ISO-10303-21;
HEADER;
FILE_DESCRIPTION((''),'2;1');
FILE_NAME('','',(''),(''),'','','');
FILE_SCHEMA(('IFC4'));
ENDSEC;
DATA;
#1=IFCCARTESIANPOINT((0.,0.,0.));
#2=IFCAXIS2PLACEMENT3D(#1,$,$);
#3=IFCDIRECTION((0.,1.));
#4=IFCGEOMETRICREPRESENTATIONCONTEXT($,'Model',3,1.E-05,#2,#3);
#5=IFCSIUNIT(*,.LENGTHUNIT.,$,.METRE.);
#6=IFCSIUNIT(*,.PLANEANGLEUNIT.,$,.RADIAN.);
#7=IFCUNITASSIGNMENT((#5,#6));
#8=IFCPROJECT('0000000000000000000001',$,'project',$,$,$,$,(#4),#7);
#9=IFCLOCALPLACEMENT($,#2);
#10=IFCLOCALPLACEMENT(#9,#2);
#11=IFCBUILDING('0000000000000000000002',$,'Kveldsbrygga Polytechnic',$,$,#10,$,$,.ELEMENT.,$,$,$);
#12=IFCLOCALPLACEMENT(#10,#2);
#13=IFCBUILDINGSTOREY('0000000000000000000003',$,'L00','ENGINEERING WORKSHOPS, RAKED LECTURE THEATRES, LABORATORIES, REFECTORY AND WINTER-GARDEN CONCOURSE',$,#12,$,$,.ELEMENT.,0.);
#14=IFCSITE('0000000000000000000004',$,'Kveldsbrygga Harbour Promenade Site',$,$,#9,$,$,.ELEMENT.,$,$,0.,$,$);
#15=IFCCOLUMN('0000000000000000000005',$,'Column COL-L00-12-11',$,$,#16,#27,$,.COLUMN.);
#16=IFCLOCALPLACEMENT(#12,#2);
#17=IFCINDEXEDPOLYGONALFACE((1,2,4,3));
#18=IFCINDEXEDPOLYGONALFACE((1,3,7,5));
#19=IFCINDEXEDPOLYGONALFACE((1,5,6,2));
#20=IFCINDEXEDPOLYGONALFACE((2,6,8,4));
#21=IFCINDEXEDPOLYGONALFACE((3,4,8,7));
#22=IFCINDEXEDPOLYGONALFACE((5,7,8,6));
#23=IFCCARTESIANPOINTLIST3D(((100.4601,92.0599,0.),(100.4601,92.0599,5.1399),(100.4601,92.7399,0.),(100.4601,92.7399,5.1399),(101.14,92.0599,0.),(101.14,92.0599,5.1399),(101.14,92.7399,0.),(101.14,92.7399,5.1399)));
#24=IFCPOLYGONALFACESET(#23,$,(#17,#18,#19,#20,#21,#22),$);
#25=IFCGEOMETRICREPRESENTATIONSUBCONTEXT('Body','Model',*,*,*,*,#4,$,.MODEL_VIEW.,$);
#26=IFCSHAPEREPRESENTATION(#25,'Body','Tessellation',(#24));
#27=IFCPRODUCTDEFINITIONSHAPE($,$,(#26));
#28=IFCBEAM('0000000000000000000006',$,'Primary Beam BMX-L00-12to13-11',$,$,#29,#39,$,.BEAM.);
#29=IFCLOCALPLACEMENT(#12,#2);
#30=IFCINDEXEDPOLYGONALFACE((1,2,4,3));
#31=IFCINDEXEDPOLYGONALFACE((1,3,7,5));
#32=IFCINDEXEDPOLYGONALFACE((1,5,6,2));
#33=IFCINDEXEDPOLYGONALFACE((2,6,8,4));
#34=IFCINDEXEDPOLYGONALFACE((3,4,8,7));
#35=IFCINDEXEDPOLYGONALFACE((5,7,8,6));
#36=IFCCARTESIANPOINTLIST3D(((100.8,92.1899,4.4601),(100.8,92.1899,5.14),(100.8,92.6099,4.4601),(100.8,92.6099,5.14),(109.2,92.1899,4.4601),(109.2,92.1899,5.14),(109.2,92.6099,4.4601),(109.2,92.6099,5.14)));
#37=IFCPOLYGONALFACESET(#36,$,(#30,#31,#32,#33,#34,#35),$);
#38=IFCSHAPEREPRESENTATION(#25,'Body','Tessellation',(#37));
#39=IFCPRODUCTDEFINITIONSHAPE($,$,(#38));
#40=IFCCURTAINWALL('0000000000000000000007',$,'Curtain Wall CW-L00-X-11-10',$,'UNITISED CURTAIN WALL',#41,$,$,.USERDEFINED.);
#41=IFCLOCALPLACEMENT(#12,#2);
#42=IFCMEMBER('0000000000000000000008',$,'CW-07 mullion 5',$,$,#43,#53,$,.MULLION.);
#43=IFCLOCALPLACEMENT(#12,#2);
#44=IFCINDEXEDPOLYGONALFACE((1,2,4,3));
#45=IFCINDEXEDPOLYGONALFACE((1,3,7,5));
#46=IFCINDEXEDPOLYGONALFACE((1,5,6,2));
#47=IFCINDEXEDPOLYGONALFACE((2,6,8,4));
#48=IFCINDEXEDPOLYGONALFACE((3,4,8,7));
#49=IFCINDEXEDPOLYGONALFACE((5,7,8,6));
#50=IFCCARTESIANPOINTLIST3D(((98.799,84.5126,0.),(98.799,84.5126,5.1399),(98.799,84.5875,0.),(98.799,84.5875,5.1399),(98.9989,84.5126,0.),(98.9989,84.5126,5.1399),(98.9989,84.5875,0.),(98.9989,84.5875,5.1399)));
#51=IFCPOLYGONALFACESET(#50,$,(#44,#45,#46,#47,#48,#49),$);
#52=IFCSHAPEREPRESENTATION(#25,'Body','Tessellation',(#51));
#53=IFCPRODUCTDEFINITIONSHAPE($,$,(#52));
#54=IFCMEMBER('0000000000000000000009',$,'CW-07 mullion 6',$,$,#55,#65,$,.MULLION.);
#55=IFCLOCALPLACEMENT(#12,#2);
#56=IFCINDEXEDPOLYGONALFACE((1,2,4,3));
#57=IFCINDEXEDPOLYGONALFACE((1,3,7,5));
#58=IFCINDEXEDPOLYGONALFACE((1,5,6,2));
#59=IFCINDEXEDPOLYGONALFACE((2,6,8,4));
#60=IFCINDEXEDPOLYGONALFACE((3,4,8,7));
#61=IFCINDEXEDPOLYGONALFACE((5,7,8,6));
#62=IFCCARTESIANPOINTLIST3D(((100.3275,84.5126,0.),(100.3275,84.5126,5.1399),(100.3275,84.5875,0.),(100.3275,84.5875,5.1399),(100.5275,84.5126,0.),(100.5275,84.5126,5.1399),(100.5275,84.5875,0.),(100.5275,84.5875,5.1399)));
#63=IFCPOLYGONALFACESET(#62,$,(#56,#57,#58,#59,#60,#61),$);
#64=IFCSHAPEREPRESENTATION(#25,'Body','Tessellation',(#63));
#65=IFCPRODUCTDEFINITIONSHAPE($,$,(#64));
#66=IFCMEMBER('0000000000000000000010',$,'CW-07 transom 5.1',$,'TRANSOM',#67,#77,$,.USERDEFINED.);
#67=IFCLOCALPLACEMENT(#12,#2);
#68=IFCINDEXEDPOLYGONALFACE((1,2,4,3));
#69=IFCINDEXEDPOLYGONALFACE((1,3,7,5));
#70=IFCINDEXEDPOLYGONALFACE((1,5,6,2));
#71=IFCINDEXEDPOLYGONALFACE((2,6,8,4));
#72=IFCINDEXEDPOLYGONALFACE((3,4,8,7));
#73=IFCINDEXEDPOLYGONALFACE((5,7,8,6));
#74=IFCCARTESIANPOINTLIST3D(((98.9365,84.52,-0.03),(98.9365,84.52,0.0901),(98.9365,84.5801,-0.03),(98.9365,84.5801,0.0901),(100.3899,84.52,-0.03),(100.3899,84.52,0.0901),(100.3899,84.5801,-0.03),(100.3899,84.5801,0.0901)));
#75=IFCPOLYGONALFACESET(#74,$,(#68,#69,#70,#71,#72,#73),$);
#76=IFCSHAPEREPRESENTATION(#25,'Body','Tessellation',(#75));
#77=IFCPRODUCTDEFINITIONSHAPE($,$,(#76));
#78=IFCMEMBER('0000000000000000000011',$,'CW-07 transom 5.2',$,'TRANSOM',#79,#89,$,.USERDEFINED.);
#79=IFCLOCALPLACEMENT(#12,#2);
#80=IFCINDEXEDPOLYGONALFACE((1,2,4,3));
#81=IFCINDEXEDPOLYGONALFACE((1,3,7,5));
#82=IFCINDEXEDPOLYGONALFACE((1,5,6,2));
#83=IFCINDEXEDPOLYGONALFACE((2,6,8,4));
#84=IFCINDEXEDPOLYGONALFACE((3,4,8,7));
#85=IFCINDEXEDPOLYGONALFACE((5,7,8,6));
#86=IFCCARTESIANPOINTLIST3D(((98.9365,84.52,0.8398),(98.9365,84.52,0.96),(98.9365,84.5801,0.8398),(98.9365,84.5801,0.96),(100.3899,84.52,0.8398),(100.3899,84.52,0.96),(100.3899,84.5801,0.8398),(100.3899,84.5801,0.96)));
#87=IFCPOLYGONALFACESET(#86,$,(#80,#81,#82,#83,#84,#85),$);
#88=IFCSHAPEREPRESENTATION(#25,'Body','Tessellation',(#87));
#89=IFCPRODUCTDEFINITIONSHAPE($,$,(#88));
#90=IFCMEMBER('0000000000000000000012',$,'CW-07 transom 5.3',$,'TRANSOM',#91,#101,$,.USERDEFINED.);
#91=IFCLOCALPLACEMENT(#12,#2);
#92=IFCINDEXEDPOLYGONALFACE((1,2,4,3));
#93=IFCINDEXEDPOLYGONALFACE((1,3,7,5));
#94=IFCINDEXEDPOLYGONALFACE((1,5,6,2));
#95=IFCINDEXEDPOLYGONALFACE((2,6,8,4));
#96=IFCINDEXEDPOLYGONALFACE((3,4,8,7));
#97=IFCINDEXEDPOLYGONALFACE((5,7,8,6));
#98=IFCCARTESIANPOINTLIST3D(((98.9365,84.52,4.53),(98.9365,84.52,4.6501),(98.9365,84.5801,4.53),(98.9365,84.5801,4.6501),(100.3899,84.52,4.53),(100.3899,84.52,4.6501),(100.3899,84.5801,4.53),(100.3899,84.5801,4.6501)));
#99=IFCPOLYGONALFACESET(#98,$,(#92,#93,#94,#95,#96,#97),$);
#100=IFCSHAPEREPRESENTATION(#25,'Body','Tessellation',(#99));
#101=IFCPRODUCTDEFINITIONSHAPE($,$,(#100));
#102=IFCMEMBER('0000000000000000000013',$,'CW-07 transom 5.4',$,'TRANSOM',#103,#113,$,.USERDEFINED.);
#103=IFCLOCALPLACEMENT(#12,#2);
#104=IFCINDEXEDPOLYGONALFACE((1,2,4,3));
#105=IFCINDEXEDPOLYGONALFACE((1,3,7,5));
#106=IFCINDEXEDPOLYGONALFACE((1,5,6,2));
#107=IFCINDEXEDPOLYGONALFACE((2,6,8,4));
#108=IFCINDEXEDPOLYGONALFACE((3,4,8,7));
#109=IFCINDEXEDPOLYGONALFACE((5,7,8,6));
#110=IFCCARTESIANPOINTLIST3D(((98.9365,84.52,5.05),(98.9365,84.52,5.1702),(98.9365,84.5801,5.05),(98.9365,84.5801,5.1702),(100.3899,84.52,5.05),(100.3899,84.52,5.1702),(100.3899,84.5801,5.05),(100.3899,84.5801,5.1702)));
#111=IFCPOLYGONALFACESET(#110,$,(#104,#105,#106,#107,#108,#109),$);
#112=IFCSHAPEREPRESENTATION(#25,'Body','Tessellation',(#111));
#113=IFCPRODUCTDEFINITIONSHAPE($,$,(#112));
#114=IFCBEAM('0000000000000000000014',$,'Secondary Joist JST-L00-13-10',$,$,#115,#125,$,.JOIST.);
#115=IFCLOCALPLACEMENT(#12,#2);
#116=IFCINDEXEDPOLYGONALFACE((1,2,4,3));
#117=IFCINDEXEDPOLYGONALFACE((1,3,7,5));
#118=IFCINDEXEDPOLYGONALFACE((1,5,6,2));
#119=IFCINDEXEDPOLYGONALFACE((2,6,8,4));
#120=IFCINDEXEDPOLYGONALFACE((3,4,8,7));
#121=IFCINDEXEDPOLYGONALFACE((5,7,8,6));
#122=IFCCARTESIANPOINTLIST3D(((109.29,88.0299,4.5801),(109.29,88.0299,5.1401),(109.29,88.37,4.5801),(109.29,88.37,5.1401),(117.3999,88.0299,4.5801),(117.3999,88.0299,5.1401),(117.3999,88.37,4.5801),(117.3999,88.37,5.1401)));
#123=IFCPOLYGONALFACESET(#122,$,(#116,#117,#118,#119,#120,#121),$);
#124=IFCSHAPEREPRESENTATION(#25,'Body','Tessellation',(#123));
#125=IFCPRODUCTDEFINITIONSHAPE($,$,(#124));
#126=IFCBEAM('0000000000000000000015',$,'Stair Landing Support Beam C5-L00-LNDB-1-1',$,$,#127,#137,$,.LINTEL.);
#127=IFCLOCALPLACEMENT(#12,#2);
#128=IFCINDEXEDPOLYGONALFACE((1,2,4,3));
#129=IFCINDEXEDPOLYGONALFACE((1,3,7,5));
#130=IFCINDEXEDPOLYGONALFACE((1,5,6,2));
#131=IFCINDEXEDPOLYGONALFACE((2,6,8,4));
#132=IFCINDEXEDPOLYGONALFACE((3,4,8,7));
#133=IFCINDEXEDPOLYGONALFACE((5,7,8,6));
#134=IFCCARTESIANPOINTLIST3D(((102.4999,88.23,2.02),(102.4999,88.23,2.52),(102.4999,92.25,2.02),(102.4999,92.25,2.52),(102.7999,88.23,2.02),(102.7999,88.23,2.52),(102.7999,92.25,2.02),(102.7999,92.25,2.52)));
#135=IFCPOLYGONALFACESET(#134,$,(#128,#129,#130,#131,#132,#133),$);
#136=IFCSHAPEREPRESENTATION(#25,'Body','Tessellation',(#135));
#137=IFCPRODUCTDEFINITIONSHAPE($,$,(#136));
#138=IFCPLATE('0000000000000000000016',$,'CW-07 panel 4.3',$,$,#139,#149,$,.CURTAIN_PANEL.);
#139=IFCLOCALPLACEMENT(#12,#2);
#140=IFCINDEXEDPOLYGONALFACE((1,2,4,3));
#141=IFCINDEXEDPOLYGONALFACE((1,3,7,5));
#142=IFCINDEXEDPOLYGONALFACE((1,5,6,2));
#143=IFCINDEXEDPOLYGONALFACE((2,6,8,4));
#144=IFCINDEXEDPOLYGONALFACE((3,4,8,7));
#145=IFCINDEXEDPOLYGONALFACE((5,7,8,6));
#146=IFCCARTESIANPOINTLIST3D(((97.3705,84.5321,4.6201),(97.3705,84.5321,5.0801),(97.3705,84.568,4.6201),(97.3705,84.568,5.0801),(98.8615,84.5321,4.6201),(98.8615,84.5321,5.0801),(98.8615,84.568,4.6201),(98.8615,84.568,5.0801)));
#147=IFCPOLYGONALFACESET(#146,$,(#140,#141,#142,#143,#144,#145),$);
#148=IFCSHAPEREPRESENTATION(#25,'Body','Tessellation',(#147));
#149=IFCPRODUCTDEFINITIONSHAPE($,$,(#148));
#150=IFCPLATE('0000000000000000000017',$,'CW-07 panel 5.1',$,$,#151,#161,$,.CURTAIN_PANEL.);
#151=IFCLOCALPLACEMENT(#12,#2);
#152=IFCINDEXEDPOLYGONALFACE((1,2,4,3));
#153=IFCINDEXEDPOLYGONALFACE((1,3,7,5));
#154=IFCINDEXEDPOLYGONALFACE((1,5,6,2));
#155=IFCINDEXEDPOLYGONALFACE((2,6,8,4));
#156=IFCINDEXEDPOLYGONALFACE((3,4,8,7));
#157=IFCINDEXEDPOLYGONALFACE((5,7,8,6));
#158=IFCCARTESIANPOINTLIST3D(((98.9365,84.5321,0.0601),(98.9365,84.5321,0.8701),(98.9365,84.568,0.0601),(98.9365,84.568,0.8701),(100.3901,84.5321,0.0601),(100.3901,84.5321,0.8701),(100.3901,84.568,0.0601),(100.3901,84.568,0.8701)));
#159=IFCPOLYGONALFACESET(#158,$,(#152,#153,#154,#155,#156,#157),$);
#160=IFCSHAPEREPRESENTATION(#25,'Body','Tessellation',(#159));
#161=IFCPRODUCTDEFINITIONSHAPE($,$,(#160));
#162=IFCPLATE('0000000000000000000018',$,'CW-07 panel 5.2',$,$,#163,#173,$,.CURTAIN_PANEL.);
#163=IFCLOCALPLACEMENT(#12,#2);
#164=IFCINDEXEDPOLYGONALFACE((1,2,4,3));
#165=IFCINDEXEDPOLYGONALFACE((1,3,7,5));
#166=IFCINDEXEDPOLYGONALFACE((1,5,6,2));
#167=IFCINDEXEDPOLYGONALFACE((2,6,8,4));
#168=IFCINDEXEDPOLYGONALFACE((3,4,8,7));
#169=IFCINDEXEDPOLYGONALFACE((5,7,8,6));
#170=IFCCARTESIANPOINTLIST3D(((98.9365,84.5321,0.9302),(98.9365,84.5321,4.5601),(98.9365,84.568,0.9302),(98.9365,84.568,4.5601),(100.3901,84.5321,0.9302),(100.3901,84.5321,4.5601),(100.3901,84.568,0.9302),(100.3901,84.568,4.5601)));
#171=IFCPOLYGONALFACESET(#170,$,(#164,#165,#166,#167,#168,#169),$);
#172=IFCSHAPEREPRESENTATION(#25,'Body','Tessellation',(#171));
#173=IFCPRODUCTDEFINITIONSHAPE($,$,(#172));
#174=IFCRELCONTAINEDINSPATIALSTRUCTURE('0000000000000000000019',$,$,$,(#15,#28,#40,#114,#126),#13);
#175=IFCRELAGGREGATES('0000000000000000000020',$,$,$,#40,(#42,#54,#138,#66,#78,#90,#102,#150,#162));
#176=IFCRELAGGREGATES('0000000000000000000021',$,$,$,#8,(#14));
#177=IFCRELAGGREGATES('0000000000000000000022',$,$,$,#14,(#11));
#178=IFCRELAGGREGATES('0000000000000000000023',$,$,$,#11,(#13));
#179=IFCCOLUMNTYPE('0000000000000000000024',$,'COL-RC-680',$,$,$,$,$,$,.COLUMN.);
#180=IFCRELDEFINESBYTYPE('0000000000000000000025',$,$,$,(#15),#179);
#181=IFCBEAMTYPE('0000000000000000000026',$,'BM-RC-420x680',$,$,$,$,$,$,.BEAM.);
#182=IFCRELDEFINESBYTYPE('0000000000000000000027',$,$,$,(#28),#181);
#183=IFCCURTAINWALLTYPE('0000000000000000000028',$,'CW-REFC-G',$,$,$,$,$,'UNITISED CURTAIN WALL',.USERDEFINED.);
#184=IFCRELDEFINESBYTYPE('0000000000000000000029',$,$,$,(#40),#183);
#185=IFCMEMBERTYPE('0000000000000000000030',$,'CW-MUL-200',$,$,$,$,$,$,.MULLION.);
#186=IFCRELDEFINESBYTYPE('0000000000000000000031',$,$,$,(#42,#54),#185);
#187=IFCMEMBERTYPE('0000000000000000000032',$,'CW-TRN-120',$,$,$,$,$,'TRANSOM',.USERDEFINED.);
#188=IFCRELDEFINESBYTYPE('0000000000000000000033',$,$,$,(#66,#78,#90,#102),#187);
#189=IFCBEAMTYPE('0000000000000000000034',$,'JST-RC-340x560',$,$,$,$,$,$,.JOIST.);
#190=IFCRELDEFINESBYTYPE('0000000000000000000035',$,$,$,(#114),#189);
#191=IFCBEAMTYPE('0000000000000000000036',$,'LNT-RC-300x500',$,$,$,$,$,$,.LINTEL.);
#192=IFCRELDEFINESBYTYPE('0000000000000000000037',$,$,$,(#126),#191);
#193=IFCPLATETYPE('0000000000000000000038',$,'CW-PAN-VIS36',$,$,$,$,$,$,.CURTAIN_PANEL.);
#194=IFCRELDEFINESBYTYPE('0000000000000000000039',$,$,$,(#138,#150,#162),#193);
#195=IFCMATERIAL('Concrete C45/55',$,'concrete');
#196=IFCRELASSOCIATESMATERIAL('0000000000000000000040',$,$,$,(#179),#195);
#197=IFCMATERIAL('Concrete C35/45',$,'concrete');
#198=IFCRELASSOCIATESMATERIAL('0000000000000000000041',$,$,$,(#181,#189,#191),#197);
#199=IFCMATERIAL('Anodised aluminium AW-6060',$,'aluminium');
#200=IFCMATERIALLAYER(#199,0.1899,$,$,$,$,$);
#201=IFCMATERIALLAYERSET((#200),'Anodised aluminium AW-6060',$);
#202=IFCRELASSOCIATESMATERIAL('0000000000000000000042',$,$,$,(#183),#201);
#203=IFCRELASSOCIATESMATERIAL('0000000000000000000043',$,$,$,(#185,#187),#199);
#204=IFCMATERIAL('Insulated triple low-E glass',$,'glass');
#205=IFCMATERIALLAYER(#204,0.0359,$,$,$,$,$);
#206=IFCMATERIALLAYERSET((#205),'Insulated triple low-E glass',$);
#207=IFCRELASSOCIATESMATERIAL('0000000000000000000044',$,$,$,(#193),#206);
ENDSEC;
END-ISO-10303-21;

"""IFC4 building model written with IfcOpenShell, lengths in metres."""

from ifc_helpers import new_model, si_unit, direction, frame, origin, origin_2d, place, context, subcontext, project, spatial, rectangle, extrude, material, layer, layer_set, material_profile, profile_set, type_object, element, aggregate, save


model = new_model("IFC4")

# Units and contexts
model_context = context("Model", 3, precision=1e-05, world=origin(), true_north=direction((0.0, 1.0)))
body_context = subcontext(model_context, "Body", "Model", "MODEL_VIEW")
ifc_project = project(units=[si_unit("LENGTHUNIT", "METRE"), si_unit("PLANEANGLEUNIT", "RADIAN")], contexts=[model_context])

# Site, building, storey
site_placement = place(None, origin())
site = spatial("IfcSite", under=ifc_project, at=site_placement, Name="Kveldsbrygga Harbour Promenade Site", CompositionType="ELEMENT", RefElevation=0.0)
building_placement = place(site_placement, origin())
building = spatial("IfcBuilding", under=site, at=building_placement, Name="Kveldsbrygga Polytechnic", CompositionType="ELEMENT")
storey_placement = place(building_placement, origin())
storey = spatial("IfcBuildingStorey", under=building, at=storey_placement, Name="L00", Description="ENGINEERING WORKSHOPS, RAKED LECTURE THEATRES, LABORATORIES, REFECTORY AND WINTER-GARDEN CONCOURSE", CompositionType="ELEMENT", Elevation=0.0)

# Column
ifc_material_1 = material(Name="Concrete C45/55", Category="concrete")
ifc_material_profile_1 = material_profile(ifc_material_1, rectangle(XDim=0.6799, YDim=0.6799, at=origin_2d()), Name="RC 680x680")
ifc_profile_set_1 = profile_set([ifc_material_profile_1], Name="Concrete C45/55")
column_type = type_object("IfcColumnType", Name="COL-RC-680", PredefinedType="COLUMN", material=ifc_profile_set_1)
column_placement = place(storey_placement, frame((100.8, 92.3999, 0.0), z_axis=(0.0, 0.0, 1.0), x_axis=(1.0, 0.0, 0.0)))
element("IfcColumn", 1, at=column_placement, inside=storey, type_object=column_type, Name="Column COL-L00-12-11", PredefinedType="COLUMN", context=body_context, shape_type="SweptSolid", body=[
    extrude(rectangle(XDim=0.6799, YDim=0.6799, at=origin_2d()), origin(), (0.0, 0.0, 1.0), 5.1399),
])

# Beam
ifc_material_2 = material(Name="Concrete C35/45", Category="concrete")
ifc_material_profile_2 = material_profile(ifc_material_2, rectangle(XDim=0.4199, YDim=0.6799, at=origin_2d()), Name="RC 420x680")
ifc_profile_set_2 = profile_set([ifc_material_profile_2], Name="Concrete C35/45")
beam_type_1 = type_object("IfcBeamType", Name="BM-RC-420x680", PredefinedType="BEAM", material=ifc_profile_set_2)
beam_1_placement = place(storey_placement, frame((100.8, 92.3999, 4.8), z_axis=(1.0, 0.0, 0.0), x_axis=(0.0, 1.0, 0.0)))
element("IfcBeam", 2, at=beam_1_placement, inside=storey, type_object=beam_type_1, Name="Primary Beam BMX-L00-12to13-11", PredefinedType="BEAM", context=body_context, shape_type="SweptSolid", body=[
    extrude(rectangle(XDim=0.4199, YDim=0.6799, at=origin_2d()), origin(), (0.0, 0.0, 1.0), 8.3999),
])

# Curtain wall, members
ifc_material_3 = material(Name="Anodised aluminium AW-6060", Category="aluminium")
ifc_layer_1 = layer(ifc_material_3, 0.1899)
ifc_layer_set_1 = layer_set([ifc_layer_1], Name="Anodised aluminium AW-6060")
curtain_wall_type = type_object("IfcCurtainWallType", Name="CW-REFC-G", ElementType="UNITISED CURTAIN WALL", PredefinedType="USERDEFINED", material=ifc_layer_set_1)
curtain_wall_placement = place(storey_placement, origin())
curtain_wall = element("IfcCurtainWall", 3, at=curtain_wall_placement, inside=storey, type_object=curtain_wall_type, Name="Curtain Wall CW-L00-X-11-10", ObjectType="UNITISED CURTAIN WALL", PredefinedType="USERDEFINED")
ifc_material_profile_3 = material_profile(ifc_material_3, rectangle(XDim=0.075, YDim=0.2, at=origin_2d()), Name="ALU 75x200")
ifc_profile_set_3 = profile_set([ifc_material_profile_3], Name="Anodised aluminium AW-6060")
member_type_1 = type_object("IfcMemberType", Name="CW-MUL-200", PredefinedType="MULLION", material=ifc_profile_set_3)
member_1_placement = place(storey_placement, frame((98.8989, 84.55, 0.0), z_axis=(0.0, 0.0, 1.0), x_axis=(0.0, 1.0, 0.0)))
member_1 = element("IfcMember", 4, at=member_1_placement, type_object=member_type_1, Name="CW-07 mullion 5", PredefinedType="MULLION", context=body_context, shape_type="SweptSolid", body=[
    extrude(rectangle(XDim=0.075, YDim=0.2, at=origin_2d()), origin(), (0.0, 0.0, 1.0), 5.1399),
])
member_2_placement = place(storey_placement, frame((100.4275, 84.55, 0.0), z_axis=(0.0, 0.0, 1.0), x_axis=(0.0, 1.0, 0.0)))
member_2 = element("IfcMember", 5, at=member_2_placement, type_object=member_type_1, Name="CW-07 mullion 6", PredefinedType="MULLION", context=body_context, shape_type="SweptSolid", body=[
    extrude(rectangle(XDim=0.075, YDim=0.2, at=origin_2d()), origin(), (0.0, 0.0, 1.0), 5.1399),
])
ifc_material_profile_4 = material_profile(ifc_material_3, rectangle(XDim=0.0601, YDim=0.1201, at=origin_2d()), Name="ALU 60x120")
ifc_profile_set_4 = profile_set([ifc_material_profile_4], Name="Anodised aluminium AW-6060")
member_type_2 = type_object("IfcMemberType", Name="CW-TRN-120", ElementType="TRANSOM", PredefinedType="USERDEFINED", material=ifc_profile_set_4)
member_3_placement = place(storey_placement, frame((98.9365, 84.55, 0.03), z_axis=(1.0, 0.0, 0.0), x_axis=(0.0, 1.0, 0.0)))
member_3 = element("IfcMember", 6, at=member_3_placement, type_object=member_type_2, Name="CW-07 transom 5.1", ObjectType="TRANSOM", PredefinedType="USERDEFINED", context=body_context, shape_type="SweptSolid", body=[
    extrude(rectangle(XDim=0.0601, YDim=0.1201, at=origin_2d()), origin(), (0.0, 0.0, 1.0), 1.4534),
])
member_4_placement = place(storey_placement, frame((98.9365, 84.55, 0.8999), z_axis=(1.0, 0.0, 0.0), x_axis=(0.0, 1.0, 0.0)))
member_4 = element("IfcMember", 7, at=member_4_placement, type_object=member_type_2, Name="CW-07 transom 5.2", ObjectType="TRANSOM", PredefinedType="USERDEFINED", context=body_context, shape_type="SweptSolid", body=[
    extrude(rectangle(XDim=0.0601, YDim=0.1201, at=origin_2d()), origin(), (0.0, 0.0, 1.0), 1.4534),
])
member_5_placement = place(storey_placement, frame((98.9365, 84.55, 4.5901), z_axis=(1.0, 0.0, 0.0), x_axis=(0.0, 1.0, 0.0)))
member_5 = element("IfcMember", 8, at=member_5_placement, type_object=member_type_2, Name="CW-07 transom 5.3", ObjectType="TRANSOM", PredefinedType="USERDEFINED", context=body_context, shape_type="SweptSolid", body=[
    extrude(rectangle(XDim=0.0601, YDim=0.1201, at=origin_2d()), origin(), (0.0, 0.0, 1.0), 1.4534),
])
member_6_placement = place(storey_placement, frame((98.9365, 84.55, 5.1101), z_axis=(1.0, 0.0, 0.0), x_axis=(0.0, 1.0, 0.0)))
member_6 = element("IfcMember", 9, at=member_6_placement, type_object=member_type_2, Name="CW-07 transom 5.4", ObjectType="TRANSOM", PredefinedType="USERDEFINED", context=body_context, shape_type="SweptSolid", body=[
    extrude(rectangle(XDim=0.0601, YDim=0.1201, at=origin_2d()), origin(), (0.0, 0.0, 1.0), 1.4534),
])

# Beams
ifc_material_profile_5 = material_profile(ifc_material_2, rectangle(XDim=0.3401, YDim=0.5601, at=origin_2d()), Name="RC 340x560")
ifc_profile_set_5 = profile_set([ifc_material_profile_5], Name="Concrete C35/45")
beam_type_2 = type_object("IfcBeamType", Name="JST-RC-340x560", PredefinedType="JOIST", material=ifc_profile_set_5)
beam_2_placement = place(storey_placement, frame((109.29, 88.2, 4.8601), z_axis=(1.0, 0.0, 0.0), x_axis=(0.0, 1.0, 0.0)))
element("IfcBeam", 10, at=beam_2_placement, inside=storey, type_object=beam_type_2, Name="Secondary Joist JST-L00-13-10", PredefinedType="JOIST", context=body_context, shape_type="SweptSolid", body=[
    extrude(rectangle(XDim=0.3401, YDim=0.5601, at=origin_2d()), origin(), (0.0, 0.0, 1.0), 8.1099),
])
ifc_material_profile_6 = material_profile(ifc_material_2, rectangle(XDim=0.3, YDim=0.5, at=origin_2d()), Name="RC 300x500")
ifc_profile_set_6 = profile_set([ifc_material_profile_6], Name="Concrete C35/45")
beam_type_3 = type_object("IfcBeamType", Name="LNT-RC-300x500", PredefinedType="LINTEL", material=ifc_profile_set_6)
beam_3_placement = place(storey_placement, frame((102.6499, 88.23, 2.27), z_axis=(0.0, 1.0, 0.0), x_axis=(-1.0, 0.0, 0.0)))
element("IfcBeam", 11, at=beam_3_placement, inside=storey, type_object=beam_type_3, Name="Stair Landing Support Beam C5-L00-LNDB-1-1", PredefinedType="LINTEL", context=body_context, shape_type="SweptSolid", body=[
    extrude(rectangle(XDim=0.3, YDim=0.5, at=origin_2d()), origin(), (0.0, 0.0, 1.0), 4.02),
])

# Plates
ifc_material_4 = material(Name="Insulated triple low-E glass", Category="glass")
ifc_layer_2 = layer(ifc_material_4, 0.0359)
ifc_layer_set_2 = layer_set([ifc_layer_2], Name="Insulated triple low-E glass")
plate_type = type_object("IfcPlateType", Name="CW-PAN-VIS36", PredefinedType="CURTAIN_PANEL", material=ifc_layer_set_2)
plate_1_placement = place(storey_placement, frame((98.116, 84.55, 4.6201), z_axis=(0.0, 0.0, 1.0), x_axis=(1.0, 0.0, 0.0)))
plate_1 = element("IfcPlate", 12, at=plate_1_placement, type_object=plate_type, Name="CW-07 panel 4.3", PredefinedType="CURTAIN_PANEL", context=body_context, shape_type="SweptSolid", body=[
    extrude(rectangle(XDim=1.491, YDim=0.0359, at=origin_2d()), origin(), (0.0, 0.0, 1.0), 0.46),
])
plate_2_placement = place(storey_placement, frame((99.6633, 84.55, 0.0601), z_axis=(0.0, 0.0, 1.0), x_axis=(1.0, 0.0, 0.0)))
plate_2 = element("IfcPlate", 13, at=plate_2_placement, type_object=plate_type, Name="CW-07 panel 5.1", PredefinedType="CURTAIN_PANEL", context=body_context, shape_type="SweptSolid", body=[
    extrude(rectangle(XDim=1.4536, YDim=0.0359, at=origin_2d()), origin(), (0.0, 0.0, 1.0), 0.8101),
])
plate_3_placement = place(storey_placement, frame((99.6633, 84.55, 0.9302), z_axis=(0.0, 0.0, 1.0), x_axis=(1.0, 0.0, 0.0)))
plate_3 = element("IfcPlate", 14, at=plate_3_placement, type_object=plate_type, Name="CW-07 panel 5.2", PredefinedType="CURTAIN_PANEL", context=body_context, shape_type="SweptSolid", body=[
    extrude(rectangle(XDim=1.4536, YDim=0.0359, at=origin_2d()), origin(), (0.0, 0.0, 1.0), 3.6299),
])
aggregate(curtain_wall, [member_1, member_2, plate_1, member_3, member_4, member_5, member_6, plate_2, plate_3])

save(model, "model.ifc")
